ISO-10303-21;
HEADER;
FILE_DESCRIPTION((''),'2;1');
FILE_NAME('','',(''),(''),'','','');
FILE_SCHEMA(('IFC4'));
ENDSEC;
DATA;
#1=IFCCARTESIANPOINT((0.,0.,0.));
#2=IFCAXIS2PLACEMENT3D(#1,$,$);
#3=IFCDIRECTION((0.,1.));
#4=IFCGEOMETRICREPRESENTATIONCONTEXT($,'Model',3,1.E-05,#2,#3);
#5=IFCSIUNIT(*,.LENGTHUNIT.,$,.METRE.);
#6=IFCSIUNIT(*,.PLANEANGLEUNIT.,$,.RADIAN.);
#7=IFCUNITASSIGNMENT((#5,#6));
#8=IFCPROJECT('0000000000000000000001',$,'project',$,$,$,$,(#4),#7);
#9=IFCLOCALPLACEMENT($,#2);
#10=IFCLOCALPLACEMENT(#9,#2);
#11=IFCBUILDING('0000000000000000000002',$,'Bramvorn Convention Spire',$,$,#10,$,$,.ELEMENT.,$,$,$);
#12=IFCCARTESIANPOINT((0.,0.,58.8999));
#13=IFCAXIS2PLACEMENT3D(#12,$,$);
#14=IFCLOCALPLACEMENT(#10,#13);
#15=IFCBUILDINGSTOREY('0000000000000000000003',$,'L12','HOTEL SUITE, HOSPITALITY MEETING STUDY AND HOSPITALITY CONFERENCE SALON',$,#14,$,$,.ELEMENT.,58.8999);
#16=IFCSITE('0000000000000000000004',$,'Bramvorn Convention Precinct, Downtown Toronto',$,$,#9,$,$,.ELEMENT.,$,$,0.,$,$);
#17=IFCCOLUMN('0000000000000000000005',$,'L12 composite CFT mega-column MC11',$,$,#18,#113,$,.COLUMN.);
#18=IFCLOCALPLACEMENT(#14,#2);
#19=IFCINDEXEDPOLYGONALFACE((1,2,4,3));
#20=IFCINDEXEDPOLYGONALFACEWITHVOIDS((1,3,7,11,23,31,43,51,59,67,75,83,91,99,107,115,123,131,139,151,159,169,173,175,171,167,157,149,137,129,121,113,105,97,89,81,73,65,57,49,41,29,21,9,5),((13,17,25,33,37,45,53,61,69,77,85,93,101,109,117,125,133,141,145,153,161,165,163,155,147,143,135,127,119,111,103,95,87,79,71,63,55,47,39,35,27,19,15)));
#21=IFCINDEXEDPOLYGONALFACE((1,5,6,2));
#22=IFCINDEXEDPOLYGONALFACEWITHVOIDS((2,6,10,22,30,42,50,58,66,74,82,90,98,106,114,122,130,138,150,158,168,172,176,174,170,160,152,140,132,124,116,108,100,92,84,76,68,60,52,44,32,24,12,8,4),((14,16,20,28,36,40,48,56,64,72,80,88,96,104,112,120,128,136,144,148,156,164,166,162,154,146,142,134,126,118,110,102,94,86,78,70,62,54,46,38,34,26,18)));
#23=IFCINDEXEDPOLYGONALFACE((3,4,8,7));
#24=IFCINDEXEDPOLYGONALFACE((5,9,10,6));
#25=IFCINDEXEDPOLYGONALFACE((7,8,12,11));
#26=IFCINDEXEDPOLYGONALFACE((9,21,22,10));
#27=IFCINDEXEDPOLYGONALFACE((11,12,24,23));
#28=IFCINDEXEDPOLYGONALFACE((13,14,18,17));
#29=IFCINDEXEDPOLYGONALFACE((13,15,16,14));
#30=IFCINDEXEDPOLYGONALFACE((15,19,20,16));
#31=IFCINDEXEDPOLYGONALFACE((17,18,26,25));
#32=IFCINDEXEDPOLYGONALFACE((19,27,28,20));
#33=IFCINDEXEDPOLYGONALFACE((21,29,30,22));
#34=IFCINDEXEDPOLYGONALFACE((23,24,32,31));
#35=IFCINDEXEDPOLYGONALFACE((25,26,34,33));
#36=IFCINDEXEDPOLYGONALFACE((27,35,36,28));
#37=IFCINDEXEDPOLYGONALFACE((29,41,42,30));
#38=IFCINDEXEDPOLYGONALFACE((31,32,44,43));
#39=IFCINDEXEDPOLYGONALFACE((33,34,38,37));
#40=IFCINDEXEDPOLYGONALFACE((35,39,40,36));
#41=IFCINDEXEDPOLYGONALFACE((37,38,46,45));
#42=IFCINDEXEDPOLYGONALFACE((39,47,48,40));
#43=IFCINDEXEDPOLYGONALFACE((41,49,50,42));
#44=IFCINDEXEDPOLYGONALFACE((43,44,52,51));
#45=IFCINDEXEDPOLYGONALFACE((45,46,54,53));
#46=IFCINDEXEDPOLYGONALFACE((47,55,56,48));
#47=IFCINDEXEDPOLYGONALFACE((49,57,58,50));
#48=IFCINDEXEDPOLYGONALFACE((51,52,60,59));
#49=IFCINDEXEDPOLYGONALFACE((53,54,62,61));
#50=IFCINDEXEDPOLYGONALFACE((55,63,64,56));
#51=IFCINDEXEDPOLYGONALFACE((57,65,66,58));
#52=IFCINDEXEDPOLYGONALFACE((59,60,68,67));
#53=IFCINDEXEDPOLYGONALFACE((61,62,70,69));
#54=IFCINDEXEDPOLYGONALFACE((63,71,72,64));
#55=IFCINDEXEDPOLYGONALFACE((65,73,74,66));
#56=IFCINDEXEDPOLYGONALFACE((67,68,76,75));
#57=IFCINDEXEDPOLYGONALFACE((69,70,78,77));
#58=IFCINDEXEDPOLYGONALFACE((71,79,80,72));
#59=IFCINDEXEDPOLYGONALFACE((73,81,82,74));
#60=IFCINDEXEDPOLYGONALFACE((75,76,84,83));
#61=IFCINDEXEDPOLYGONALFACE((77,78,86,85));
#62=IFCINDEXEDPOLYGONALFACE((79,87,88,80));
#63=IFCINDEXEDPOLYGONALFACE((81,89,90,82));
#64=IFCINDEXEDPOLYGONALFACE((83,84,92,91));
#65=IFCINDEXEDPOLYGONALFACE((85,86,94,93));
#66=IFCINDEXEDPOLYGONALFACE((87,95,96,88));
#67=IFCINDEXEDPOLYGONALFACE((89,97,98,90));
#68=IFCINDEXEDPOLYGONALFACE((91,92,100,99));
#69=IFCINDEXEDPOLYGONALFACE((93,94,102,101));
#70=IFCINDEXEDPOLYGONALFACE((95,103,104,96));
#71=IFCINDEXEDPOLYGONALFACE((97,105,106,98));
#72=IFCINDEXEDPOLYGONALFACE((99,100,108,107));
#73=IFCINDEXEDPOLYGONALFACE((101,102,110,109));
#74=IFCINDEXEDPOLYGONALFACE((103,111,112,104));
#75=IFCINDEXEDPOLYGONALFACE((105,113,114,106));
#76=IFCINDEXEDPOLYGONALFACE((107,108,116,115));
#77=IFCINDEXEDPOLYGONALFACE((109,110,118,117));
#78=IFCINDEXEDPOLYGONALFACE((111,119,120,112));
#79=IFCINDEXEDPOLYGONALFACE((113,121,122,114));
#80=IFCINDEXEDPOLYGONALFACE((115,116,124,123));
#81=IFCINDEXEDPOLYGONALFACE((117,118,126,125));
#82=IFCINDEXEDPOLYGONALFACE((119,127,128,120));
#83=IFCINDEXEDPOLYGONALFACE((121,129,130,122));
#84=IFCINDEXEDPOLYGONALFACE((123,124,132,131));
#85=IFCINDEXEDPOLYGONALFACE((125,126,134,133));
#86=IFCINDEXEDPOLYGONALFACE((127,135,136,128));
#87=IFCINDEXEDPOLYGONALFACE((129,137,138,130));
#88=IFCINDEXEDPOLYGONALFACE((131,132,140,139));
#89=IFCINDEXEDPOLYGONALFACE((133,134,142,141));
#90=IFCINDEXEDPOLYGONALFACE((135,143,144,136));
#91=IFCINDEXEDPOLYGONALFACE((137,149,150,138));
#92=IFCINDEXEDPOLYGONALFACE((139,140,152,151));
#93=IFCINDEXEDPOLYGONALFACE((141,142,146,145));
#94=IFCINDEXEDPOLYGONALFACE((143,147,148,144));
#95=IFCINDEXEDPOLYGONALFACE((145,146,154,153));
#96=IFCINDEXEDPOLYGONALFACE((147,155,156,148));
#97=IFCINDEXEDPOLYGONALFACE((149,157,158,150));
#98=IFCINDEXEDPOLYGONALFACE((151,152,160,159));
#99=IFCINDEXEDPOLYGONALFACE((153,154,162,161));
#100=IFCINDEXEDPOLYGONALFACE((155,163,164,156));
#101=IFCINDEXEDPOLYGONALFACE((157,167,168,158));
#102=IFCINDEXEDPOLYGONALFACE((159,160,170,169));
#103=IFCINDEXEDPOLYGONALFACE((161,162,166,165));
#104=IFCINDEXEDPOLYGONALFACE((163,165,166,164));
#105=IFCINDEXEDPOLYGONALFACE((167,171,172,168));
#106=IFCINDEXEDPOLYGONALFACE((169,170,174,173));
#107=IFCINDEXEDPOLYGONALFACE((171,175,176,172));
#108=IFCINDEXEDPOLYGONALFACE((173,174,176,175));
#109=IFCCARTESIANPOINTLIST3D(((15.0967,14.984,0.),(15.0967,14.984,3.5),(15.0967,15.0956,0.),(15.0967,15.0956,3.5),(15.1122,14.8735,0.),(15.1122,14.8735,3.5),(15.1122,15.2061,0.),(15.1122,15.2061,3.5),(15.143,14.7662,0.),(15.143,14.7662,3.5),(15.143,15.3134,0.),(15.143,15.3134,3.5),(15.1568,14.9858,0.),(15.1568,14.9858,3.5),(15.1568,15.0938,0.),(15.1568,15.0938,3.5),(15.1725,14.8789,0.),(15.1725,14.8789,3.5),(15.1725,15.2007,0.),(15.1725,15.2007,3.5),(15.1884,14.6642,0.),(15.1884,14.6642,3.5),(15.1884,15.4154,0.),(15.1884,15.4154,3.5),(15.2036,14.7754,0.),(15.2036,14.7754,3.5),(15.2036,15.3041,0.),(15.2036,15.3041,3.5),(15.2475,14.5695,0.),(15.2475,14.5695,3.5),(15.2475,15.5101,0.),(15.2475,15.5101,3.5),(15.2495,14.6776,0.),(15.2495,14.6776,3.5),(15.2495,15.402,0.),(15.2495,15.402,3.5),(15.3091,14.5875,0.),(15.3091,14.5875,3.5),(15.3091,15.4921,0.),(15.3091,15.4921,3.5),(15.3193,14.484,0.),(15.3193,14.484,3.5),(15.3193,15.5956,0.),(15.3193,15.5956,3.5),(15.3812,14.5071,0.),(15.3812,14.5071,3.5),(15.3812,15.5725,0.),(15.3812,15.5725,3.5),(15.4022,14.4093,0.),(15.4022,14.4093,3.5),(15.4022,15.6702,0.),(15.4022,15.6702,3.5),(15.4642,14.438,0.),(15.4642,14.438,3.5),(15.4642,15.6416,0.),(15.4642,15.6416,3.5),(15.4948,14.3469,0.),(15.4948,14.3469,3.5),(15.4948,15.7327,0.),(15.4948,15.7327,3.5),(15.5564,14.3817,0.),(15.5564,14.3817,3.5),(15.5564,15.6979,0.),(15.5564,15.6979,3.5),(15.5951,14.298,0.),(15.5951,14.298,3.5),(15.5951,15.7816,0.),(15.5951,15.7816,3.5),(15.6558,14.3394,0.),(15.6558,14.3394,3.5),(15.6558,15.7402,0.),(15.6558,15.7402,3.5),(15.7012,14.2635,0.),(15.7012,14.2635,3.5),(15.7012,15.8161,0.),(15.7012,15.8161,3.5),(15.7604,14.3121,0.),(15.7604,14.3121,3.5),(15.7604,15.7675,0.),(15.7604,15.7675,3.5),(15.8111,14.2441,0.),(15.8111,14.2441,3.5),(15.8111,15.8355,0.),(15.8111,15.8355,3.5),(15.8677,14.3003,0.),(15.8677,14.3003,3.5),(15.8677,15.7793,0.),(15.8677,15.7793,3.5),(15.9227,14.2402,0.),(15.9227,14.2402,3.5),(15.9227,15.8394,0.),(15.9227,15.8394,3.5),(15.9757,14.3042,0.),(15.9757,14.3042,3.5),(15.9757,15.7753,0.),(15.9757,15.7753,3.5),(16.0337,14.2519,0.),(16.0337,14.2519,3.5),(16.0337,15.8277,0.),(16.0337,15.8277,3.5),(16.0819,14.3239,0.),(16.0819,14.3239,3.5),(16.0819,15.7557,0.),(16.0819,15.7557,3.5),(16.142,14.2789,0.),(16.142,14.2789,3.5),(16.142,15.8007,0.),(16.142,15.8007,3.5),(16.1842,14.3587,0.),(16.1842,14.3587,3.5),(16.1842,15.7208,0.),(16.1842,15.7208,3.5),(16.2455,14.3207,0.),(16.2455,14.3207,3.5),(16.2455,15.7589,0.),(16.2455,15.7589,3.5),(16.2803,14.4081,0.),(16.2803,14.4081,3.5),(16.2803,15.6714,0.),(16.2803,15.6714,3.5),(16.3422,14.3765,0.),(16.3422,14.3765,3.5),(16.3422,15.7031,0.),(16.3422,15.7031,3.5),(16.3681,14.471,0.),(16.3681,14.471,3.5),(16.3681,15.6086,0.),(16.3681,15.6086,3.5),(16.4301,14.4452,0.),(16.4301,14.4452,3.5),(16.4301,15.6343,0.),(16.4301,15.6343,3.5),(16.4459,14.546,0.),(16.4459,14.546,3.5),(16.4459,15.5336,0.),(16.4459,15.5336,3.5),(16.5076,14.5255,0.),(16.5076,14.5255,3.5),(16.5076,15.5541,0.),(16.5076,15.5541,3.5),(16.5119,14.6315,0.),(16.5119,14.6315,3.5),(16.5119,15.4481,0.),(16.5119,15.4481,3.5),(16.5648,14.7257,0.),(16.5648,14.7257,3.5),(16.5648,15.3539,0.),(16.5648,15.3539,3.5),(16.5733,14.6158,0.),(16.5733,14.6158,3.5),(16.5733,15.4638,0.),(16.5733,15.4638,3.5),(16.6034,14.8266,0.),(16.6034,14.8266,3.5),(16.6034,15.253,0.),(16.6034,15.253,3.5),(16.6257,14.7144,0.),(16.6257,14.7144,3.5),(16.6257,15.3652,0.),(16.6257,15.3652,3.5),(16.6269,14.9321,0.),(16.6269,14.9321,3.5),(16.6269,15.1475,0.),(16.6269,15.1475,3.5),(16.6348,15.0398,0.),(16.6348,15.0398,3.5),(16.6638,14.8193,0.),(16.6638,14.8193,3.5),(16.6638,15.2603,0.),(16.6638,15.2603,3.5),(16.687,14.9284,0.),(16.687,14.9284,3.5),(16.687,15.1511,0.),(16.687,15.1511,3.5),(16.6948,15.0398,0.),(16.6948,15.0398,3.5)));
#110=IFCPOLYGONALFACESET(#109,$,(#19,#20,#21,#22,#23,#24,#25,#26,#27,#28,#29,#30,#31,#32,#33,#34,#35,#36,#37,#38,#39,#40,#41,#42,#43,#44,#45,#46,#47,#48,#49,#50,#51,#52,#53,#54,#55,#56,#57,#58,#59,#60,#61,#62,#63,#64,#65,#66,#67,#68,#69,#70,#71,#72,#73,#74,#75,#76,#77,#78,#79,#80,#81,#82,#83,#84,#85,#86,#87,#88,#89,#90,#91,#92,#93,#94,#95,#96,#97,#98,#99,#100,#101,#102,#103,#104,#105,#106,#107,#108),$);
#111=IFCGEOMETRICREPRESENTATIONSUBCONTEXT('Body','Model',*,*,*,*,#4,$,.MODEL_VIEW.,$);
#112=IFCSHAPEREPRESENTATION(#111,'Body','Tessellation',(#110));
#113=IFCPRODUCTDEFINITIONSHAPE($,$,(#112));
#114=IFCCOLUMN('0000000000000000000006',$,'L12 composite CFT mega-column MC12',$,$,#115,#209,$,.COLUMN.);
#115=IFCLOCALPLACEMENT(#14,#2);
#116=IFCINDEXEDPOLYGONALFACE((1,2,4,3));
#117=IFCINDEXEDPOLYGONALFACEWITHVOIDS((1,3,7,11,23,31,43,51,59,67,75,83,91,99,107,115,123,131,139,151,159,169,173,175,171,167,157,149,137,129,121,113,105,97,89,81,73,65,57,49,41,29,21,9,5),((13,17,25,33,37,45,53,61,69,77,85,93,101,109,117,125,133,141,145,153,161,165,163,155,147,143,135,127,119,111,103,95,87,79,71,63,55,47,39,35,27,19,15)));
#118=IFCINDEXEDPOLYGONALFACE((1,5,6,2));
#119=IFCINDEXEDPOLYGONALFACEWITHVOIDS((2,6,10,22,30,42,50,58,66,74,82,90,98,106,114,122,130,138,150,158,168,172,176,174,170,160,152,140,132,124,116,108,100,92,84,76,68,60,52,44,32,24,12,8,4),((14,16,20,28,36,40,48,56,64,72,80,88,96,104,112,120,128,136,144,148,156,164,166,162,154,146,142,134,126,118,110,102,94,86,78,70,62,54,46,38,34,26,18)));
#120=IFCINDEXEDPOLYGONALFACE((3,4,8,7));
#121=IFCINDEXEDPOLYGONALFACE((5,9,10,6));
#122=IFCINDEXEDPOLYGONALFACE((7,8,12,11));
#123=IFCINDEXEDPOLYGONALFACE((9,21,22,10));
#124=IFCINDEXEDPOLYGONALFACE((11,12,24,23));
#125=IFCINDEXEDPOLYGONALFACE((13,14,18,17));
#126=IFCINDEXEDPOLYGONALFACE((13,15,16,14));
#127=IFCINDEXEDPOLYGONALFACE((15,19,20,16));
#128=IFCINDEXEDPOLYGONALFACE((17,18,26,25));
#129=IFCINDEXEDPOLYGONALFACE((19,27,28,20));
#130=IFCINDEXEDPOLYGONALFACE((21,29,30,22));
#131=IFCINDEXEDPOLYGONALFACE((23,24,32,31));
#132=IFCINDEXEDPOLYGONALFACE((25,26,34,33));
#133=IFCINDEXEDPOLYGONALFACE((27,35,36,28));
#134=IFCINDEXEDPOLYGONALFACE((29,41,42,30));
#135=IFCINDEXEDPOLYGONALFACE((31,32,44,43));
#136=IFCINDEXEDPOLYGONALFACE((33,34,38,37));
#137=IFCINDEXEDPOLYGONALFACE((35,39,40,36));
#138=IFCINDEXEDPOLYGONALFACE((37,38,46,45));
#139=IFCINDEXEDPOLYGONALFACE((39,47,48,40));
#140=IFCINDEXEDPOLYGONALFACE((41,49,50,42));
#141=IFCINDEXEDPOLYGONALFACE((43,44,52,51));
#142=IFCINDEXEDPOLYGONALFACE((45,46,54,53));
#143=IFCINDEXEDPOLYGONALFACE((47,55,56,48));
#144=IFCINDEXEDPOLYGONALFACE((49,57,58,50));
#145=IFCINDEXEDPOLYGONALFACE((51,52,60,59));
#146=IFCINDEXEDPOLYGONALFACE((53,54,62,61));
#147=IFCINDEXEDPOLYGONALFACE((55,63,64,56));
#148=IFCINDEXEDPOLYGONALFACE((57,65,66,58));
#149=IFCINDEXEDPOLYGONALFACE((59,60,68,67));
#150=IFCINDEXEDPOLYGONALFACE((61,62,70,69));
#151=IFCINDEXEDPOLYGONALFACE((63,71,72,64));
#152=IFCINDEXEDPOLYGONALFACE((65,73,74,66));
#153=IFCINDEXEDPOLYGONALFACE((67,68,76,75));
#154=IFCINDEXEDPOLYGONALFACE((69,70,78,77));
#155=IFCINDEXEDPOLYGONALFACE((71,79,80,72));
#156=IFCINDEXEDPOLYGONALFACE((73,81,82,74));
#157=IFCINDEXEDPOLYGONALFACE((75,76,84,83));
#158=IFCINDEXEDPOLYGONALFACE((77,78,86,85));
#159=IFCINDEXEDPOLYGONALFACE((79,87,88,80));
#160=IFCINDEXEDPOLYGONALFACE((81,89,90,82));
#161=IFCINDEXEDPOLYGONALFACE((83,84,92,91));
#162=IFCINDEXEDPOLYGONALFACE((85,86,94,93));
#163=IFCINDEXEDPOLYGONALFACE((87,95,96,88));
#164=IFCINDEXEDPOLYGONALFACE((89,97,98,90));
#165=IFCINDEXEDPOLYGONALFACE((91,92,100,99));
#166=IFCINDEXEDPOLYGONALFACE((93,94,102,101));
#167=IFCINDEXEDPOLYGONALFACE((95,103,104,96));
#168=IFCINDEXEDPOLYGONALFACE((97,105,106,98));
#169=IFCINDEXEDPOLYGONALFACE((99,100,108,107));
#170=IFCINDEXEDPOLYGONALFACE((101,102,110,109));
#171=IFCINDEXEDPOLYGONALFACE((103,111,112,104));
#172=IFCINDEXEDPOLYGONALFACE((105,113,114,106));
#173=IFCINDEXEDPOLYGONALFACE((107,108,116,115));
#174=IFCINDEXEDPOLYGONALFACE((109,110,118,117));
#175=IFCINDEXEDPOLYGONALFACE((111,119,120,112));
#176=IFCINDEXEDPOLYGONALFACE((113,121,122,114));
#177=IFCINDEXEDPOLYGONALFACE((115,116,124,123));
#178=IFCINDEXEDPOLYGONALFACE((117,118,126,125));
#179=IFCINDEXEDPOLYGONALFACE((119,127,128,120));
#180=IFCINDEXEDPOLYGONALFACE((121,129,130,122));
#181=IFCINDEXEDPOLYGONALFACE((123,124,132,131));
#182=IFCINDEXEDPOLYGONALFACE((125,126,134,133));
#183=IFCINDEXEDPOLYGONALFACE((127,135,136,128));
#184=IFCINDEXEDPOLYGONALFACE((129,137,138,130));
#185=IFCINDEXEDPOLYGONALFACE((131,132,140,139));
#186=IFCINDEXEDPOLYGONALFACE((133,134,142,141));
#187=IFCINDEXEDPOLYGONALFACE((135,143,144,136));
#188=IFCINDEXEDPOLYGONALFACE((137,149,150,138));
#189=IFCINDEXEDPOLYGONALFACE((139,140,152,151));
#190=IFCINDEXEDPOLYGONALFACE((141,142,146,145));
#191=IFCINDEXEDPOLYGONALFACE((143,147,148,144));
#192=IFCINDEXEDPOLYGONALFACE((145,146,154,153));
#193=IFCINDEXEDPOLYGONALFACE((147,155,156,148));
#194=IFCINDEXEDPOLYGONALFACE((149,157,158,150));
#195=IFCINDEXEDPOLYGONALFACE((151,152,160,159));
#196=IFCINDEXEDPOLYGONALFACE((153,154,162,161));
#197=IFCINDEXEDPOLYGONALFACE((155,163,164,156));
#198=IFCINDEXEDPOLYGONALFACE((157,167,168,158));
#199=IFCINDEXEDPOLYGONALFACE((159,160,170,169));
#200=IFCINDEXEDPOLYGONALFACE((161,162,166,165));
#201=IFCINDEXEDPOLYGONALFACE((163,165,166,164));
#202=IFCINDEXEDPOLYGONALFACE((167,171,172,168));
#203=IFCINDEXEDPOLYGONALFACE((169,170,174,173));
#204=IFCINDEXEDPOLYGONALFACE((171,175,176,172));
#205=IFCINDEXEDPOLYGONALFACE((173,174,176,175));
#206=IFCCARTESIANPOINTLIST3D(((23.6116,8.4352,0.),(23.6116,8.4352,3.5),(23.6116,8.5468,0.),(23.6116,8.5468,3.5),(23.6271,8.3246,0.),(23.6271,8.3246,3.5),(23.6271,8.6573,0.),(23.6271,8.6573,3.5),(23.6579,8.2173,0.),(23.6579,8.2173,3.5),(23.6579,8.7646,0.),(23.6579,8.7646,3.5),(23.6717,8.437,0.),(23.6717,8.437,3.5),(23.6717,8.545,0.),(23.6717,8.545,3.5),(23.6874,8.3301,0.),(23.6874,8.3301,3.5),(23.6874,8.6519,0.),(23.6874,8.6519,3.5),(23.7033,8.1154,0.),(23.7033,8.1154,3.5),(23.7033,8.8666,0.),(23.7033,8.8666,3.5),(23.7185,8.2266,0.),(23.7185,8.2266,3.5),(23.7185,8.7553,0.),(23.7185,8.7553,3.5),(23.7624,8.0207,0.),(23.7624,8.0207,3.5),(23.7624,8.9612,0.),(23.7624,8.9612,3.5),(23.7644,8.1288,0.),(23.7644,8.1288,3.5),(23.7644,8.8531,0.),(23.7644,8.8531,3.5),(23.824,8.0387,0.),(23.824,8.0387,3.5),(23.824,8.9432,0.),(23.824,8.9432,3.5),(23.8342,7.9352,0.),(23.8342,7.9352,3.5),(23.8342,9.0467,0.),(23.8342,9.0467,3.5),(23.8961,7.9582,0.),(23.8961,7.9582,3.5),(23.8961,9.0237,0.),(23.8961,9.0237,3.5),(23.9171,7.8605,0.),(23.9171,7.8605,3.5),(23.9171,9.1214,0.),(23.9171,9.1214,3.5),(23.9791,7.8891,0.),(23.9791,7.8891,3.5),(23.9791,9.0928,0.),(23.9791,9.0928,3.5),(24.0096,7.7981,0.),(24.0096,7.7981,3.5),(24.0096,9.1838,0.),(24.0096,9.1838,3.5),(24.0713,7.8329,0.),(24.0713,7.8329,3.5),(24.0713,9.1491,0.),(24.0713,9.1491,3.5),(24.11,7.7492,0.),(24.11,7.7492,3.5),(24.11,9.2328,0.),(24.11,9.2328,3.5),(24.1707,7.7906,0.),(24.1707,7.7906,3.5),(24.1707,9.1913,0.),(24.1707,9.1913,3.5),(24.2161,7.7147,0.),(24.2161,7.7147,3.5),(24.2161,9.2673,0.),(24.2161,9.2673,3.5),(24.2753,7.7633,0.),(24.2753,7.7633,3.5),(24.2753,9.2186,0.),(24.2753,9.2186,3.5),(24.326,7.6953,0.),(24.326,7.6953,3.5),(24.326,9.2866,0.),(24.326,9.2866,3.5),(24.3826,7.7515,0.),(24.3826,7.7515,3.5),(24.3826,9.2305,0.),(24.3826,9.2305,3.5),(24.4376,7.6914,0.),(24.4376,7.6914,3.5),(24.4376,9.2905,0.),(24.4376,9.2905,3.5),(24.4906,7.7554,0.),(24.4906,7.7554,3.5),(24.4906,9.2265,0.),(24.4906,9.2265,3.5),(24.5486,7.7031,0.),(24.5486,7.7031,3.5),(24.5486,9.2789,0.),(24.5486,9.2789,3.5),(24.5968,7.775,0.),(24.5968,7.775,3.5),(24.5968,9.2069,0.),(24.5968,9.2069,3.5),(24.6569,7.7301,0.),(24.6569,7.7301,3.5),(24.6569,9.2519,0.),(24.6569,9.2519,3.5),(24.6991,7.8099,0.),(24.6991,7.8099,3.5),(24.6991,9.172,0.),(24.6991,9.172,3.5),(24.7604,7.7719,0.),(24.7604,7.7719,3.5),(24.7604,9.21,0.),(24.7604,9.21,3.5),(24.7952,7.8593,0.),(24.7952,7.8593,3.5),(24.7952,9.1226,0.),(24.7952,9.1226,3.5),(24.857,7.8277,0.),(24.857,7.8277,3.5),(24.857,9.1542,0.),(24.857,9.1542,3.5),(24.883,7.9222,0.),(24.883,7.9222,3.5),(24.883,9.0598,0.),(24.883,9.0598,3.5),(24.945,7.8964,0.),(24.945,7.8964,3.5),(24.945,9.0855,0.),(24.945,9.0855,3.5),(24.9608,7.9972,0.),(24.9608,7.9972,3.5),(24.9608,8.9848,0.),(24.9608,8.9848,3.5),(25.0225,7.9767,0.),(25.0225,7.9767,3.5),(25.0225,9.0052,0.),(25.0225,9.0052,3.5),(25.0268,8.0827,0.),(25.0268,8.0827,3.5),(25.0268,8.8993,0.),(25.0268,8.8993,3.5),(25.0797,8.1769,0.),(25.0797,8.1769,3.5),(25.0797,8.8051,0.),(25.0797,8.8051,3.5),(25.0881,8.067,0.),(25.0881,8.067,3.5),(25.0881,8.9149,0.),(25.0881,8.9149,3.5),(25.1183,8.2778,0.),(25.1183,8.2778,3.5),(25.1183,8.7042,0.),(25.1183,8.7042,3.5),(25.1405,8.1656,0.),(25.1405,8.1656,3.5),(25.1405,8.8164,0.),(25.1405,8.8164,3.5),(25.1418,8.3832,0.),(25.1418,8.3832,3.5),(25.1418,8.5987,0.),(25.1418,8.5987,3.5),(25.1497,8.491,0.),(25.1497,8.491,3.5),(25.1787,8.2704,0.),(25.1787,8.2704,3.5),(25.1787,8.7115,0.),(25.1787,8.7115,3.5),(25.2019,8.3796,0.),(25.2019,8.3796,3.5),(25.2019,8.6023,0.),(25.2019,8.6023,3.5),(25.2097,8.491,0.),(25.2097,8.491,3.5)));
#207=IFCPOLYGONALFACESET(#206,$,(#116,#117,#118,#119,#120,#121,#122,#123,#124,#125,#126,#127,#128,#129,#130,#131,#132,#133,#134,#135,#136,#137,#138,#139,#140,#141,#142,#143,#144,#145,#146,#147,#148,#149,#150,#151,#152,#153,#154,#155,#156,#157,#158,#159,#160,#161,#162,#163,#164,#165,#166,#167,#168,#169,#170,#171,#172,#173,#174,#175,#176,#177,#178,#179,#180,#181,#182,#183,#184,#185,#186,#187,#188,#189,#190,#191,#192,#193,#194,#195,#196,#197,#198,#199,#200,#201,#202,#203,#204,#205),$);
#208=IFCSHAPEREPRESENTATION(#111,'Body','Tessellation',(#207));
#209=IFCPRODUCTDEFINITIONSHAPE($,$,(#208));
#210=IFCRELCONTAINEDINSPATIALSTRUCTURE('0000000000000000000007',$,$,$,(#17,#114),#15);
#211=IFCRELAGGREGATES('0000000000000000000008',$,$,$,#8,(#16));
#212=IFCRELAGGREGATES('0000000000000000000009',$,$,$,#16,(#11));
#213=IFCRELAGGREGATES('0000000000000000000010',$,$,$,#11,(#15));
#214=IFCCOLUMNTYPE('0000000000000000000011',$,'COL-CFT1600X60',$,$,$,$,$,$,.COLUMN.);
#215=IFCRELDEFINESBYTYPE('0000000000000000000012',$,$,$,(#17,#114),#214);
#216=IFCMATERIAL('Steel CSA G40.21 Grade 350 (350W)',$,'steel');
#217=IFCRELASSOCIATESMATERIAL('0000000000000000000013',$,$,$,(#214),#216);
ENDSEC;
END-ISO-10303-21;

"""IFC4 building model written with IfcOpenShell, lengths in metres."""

from ifc_helpers import new_model, si_unit, direction, frame, origin, origin_2d, place, context, subcontext, project, spatial, hollow_circle, extrude, material, material_profile, profile_set, type_object, element, save


model = new_model("IFC4")

# Units and contexts
model_context = context("Model", 3, precision=1e-05, world=origin(), true_north=direction((0.0, 1.0)))
body_context = subcontext(model_context, "Body", "Model", "MODEL_VIEW")
ifc_project = project(units=[si_unit("LENGTHUNIT", "METRE"), si_unit("PLANEANGLEUNIT", "RADIAN")], contexts=[model_context])

# Site, building, storey
site_placement = place(None, origin())
site = spatial("IfcSite", under=ifc_project, at=site_placement, Name="Bramvorn Convention Precinct, Downtown Toronto", CompositionType="ELEMENT", RefElevation=0.0)
building_placement = place(site_placement, origin())
building = spatial("IfcBuilding", under=site, at=building_placement, Name="Bramvorn Convention Spire", CompositionType="ELEMENT")
storey_placement = place(building_placement, frame((0.0, 0.0, 58.8999)))
storey = spatial("IfcBuildingStorey", under=building, at=storey_placement, Name="L12", Description="HOTEL SUITE, HOSPITALITY MEETING STUDY AND HOSPITALITY CONFERENCE SALON", CompositionType="ELEMENT", Elevation=58.8999)

# Columns
ifc_material_1 = material(Name="Steel CSA G40.21 Grade 350 (350W)", Category="steel")
ifc_material_profile_1 = material_profile(ifc_material_1, hollow_circle(Radius=0.8, WallThickness=0.0601, at=origin_2d()))
ifc_profile_set_1 = profile_set([ifc_material_profile_1], Name="Steel CSA G40.21 Grade 350 (350W) - CFT1600X60")
column_type = type_object("IfcColumnType", Name="COL-CFT1600X60", PredefinedType="COLUMN", material=ifc_profile_set_1)
for number, where, z_axis, x_axis, name in (
    (1, (15.8948, 15.0398, 0.0), (0.0, 0.0, 1.0), (1.0, 0.0, 0.0), "L12 composite CFT mega-column MC11"),
    (2, (24.4097, 8.491, 0.0), (0.0, 0.0, 1.0), (1.0, 0.0, 0.0), "L12 composite CFT mega-column MC12"),
):
    element("IfcColumn", number, at=place(storey_placement, frame(where, z_axis=z_axis, x_axis=x_axis)), inside=storey, type_object=column_type, Name=name, PredefinedType="COLUMN", context=body_context, shape_type="SweptSolid", body=[
        extrude(hollow_circle(Radius=0.8, WallThickness=0.0601, at=origin_2d()), origin(), (0.0, 0.0, 1.0), 3.5),
    ])

save(model, "model.ifc")
